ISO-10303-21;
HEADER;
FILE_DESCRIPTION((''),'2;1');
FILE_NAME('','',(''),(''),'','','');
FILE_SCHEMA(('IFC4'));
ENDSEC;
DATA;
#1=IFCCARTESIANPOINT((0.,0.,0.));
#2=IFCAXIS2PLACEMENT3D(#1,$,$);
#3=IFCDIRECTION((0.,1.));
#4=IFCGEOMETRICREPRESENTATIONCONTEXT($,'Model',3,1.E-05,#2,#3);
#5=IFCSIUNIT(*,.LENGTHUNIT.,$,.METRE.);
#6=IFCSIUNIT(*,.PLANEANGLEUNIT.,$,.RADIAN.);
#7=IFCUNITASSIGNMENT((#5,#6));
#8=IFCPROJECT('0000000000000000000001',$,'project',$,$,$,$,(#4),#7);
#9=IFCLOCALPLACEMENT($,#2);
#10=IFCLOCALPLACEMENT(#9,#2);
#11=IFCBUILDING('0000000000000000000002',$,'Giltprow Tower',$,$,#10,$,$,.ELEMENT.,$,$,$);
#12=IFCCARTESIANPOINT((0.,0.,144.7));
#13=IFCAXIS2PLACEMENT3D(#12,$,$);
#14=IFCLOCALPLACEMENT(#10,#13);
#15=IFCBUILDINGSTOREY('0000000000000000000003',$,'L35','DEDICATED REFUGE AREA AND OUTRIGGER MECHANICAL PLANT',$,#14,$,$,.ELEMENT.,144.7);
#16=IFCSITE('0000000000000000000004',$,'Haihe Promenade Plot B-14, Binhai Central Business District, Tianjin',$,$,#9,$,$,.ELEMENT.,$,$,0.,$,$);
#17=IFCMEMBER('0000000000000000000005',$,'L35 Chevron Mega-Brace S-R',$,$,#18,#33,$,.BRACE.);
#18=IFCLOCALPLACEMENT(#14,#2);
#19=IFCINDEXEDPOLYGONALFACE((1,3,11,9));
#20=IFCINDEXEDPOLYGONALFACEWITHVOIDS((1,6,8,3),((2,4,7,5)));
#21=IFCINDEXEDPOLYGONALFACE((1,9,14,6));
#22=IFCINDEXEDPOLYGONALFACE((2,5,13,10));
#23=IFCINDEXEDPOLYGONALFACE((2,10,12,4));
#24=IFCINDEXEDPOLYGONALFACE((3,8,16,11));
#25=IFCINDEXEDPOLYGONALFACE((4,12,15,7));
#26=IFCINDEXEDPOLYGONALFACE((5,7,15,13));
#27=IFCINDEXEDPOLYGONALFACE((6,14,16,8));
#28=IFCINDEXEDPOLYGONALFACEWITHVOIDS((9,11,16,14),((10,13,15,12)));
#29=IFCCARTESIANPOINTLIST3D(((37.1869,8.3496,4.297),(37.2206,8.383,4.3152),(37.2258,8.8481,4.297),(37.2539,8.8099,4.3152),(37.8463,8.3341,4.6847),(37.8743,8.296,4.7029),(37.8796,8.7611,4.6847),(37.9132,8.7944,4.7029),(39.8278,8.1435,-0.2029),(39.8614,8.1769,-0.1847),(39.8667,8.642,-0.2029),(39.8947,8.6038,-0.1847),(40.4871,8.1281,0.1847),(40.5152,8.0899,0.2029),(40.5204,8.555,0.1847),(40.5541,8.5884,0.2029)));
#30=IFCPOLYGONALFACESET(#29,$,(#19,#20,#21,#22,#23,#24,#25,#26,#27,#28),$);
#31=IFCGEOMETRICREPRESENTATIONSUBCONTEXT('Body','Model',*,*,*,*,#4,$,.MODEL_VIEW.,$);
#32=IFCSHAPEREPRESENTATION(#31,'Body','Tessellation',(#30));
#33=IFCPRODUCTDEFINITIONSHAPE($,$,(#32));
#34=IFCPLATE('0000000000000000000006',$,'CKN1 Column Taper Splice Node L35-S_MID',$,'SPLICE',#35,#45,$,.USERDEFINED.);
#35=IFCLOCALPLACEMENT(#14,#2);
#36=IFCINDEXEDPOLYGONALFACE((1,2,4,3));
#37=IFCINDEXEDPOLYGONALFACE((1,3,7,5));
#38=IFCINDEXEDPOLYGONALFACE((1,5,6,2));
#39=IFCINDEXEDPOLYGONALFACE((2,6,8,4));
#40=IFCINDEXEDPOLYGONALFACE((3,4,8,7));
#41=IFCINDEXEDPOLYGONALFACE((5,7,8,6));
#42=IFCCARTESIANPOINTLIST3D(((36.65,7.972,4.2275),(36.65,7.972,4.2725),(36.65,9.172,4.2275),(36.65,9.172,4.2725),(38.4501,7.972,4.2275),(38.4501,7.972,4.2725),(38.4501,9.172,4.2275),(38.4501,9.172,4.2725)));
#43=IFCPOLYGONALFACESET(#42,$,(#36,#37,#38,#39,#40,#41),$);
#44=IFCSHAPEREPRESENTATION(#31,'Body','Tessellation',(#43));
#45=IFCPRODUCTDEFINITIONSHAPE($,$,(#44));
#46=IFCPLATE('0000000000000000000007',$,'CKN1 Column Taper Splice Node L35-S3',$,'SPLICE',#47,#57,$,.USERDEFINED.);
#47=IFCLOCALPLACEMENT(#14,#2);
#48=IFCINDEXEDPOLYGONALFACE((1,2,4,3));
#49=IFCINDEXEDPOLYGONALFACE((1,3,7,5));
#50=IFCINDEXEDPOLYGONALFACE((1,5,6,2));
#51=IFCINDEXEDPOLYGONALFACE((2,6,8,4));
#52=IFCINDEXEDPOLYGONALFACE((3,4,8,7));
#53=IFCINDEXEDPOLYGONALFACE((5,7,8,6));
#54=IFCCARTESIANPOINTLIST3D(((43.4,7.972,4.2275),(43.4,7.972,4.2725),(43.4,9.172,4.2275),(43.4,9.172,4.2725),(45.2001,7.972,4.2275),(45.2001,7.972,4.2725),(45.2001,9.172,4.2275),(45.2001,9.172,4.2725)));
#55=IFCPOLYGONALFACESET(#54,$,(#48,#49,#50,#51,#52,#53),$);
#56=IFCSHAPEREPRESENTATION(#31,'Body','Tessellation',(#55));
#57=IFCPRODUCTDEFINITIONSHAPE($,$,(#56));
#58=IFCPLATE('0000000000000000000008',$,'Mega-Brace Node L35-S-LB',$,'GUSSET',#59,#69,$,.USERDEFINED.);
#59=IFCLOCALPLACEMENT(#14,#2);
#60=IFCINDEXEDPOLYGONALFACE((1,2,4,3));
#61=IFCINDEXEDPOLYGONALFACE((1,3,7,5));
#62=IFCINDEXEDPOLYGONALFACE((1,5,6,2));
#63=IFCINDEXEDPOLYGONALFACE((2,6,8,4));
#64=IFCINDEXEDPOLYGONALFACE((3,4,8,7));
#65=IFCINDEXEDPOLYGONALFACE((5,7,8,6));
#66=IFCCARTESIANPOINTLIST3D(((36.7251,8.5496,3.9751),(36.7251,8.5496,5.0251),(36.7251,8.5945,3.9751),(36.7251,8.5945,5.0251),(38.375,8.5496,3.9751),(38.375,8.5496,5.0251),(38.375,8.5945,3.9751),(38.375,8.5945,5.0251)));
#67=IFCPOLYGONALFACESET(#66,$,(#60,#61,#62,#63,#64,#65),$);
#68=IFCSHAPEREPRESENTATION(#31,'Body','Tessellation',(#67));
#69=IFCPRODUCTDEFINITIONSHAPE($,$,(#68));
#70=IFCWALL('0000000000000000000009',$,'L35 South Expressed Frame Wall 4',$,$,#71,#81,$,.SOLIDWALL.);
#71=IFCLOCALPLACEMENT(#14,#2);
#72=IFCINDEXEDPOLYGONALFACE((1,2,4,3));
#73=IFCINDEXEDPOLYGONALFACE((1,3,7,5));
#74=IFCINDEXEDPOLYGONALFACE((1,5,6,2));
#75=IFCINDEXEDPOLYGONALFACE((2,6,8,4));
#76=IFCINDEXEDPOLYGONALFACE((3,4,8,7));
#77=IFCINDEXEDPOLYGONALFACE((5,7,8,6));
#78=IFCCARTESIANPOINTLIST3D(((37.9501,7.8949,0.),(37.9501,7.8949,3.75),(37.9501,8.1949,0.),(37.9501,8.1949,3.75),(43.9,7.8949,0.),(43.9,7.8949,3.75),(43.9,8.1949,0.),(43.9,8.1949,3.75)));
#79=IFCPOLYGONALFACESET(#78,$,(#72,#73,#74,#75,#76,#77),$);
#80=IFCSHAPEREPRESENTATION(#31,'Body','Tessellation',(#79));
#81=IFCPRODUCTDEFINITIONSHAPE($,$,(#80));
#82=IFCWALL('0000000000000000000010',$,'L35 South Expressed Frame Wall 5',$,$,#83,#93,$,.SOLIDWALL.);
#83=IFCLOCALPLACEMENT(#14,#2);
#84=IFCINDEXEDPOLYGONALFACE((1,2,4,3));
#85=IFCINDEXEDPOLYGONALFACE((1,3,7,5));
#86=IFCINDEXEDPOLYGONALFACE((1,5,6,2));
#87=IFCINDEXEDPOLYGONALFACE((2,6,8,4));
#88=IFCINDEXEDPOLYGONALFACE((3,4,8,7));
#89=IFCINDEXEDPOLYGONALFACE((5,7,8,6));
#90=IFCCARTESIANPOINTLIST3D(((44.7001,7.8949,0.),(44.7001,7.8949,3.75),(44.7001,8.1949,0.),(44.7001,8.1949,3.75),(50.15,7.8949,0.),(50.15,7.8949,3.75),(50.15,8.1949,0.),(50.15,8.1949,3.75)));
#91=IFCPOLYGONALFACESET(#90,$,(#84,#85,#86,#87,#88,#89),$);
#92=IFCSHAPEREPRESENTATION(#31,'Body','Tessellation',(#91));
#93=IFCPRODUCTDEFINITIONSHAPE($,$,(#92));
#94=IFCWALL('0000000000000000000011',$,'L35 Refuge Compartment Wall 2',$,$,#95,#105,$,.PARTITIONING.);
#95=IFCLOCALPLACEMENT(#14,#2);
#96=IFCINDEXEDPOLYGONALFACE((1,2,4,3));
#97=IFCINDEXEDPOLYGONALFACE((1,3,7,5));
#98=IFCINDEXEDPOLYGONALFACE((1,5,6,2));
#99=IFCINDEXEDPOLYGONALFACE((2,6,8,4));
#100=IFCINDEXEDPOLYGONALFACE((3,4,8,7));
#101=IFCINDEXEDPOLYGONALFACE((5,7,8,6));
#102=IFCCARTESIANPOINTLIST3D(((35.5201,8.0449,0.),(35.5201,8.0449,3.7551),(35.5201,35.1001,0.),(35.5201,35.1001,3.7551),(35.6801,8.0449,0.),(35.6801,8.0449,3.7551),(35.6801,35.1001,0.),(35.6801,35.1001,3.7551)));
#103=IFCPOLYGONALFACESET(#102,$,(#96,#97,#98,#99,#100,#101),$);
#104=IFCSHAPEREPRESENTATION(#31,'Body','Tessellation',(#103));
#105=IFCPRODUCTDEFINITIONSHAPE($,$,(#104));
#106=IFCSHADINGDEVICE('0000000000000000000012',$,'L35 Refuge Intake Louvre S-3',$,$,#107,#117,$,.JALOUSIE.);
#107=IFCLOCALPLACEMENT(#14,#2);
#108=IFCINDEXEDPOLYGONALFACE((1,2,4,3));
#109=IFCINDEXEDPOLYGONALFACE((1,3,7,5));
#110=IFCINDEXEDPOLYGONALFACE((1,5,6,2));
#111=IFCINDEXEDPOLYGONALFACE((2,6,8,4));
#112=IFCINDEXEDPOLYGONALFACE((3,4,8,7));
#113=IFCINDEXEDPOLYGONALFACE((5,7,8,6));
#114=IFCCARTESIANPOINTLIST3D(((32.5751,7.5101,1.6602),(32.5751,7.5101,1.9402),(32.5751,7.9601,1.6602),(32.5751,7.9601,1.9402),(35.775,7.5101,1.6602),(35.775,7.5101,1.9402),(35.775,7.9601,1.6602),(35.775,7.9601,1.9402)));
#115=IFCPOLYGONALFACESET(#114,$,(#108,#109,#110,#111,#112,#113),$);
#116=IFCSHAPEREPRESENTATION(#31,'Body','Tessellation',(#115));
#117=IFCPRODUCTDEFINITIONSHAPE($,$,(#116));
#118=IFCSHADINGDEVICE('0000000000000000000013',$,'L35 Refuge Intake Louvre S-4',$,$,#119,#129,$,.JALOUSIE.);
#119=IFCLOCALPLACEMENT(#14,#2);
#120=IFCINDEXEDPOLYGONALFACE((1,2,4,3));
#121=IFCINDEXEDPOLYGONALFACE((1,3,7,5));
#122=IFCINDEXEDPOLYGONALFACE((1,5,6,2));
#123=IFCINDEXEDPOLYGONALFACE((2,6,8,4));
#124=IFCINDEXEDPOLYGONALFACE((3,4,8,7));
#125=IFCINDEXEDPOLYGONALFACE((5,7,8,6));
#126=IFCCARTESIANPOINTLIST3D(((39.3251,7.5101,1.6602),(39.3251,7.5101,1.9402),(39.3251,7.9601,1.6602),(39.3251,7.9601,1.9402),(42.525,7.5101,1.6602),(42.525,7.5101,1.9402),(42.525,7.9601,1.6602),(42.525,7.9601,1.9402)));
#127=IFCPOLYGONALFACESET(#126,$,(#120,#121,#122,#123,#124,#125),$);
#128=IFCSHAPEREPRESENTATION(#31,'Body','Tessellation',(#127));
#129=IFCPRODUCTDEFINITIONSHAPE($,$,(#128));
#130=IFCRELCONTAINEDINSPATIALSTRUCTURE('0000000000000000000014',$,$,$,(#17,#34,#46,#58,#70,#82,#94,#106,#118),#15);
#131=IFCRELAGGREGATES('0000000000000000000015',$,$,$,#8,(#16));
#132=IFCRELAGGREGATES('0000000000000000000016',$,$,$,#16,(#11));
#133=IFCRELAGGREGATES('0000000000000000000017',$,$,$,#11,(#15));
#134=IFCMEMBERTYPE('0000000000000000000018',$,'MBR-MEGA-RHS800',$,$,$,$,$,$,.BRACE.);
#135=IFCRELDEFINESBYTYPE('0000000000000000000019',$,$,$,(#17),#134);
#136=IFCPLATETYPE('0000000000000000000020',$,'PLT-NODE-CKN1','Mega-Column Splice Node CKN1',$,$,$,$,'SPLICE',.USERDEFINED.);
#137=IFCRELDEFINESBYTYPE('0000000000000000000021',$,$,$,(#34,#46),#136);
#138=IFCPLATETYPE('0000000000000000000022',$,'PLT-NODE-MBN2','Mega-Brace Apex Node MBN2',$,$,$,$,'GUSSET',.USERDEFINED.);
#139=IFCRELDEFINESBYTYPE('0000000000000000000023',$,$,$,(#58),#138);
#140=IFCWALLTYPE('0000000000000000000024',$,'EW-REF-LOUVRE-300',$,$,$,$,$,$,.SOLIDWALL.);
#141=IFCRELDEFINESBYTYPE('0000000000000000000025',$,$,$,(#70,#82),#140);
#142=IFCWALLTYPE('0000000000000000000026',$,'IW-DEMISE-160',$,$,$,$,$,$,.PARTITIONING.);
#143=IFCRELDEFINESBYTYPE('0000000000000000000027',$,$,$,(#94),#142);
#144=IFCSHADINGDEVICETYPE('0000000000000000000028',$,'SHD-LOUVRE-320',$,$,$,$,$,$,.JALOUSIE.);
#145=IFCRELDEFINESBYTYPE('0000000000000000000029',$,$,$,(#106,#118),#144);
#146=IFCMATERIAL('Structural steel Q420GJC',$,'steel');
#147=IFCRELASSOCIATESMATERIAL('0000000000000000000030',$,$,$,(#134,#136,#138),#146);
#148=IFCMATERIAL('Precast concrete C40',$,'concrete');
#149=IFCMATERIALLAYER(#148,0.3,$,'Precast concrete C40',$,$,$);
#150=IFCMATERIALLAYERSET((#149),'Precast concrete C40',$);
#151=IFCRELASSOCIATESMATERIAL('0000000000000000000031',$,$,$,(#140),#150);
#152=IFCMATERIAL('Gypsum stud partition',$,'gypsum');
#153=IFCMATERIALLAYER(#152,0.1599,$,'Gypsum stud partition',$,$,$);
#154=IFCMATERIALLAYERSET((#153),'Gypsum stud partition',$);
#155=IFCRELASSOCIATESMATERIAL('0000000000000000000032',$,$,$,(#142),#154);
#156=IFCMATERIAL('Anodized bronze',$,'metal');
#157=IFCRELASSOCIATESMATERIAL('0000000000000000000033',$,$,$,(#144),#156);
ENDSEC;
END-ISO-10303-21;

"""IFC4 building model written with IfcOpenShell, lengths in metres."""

from ifc_helpers import new_model, si_unit, direction, frame, frame_2d, origin, origin_2d, place, context, subcontext, project, spatial, rectangle, hollow_rectangle, extrude, source, transform, mapped, material, layer, layer_set, material_profile, profile_set, type_object, element, save


model = new_model("IFC4")

# Units and contexts
model_context = context("Model", 3, precision=1e-05, world=origin(), true_north=direction((0.0, 1.0)))
body_context = subcontext(model_context, "Body", "Model", "MODEL_VIEW")
ifc_project = project(units=[si_unit("LENGTHUNIT", "METRE"), si_unit("PLANEANGLEUNIT", "RADIAN")], contexts=[model_context])

# Site, building, storey
site_placement = place(None, origin())
site = spatial("IfcSite", under=ifc_project, at=site_placement, Name="Haihe Promenade Plot B-14, Binhai Central Business District, Tianjin", CompositionType="ELEMENT", RefElevation=0.0)
building_placement = place(site_placement, origin())
building = spatial("IfcBuilding", under=site, at=building_placement, Name="Giltprow Tower", CompositionType="ELEMENT")
storey_placement = place(building_placement, frame((0.0, 0.0, 144.7)))
storey = spatial("IfcBuildingStorey", under=building, at=storey_placement, Name="L35", Description="DEDICATED REFUGE AREA AND OUTRIGGER MECHANICAL PLANT", CompositionType="ELEMENT", Elevation=144.7)

# Shared definitions
ifc_material_1 = material(Name="Structural steel Q420GJC", Category="steel")

# Member
ifc_material_profile_1 = material_profile(ifc_material_1, hollow_rectangle(XDim=0.5, YDim=0.8, WallThickness=0.0359, at=origin_2d()), Name="RHS 800x500x36")
ifc_profile_set_1 = profile_set([ifc_material_profile_1], Name="Structural steel Q420GJC")
member_type = type_object("IfcMemberType", Name="MBR-MEGA-RHS800", PredefinedType="BRACE", material=ifc_profile_set_1)
shared_shape_1 = source(origin(), body_context, "Body", "SweptSolid", [
    extrude(hollow_rectangle(XDim=0.5, YDim=0.8, WallThickness=0.0359, at=origin_2d()), origin(), (0.0, 0.0, 1.0), 5.2217),
])
member_1_placement = place(storey_placement, frame((40.1909, 8.366, 0.0), z_axis=(-0.505744, 0.039461, 0.86178), x_axis=(-0.077789, -0.99697, 0.0)))
element("IfcMember", 1, at=member_1_placement, inside=storey, type_object=member_type, Name="L35 Chevron Mega-Brace S-R", PredefinedType="BRACE", context=body_context, shape_type="MappedRepresentation", body=[
    mapped(shared_shape_1, transform((0.0, 0.0, 0.0), x_axis=(1.0, 0.0, 0.0), y_axis=(0.0, 1.0, 0.0), z_axis=(0.0, 0.0, 1.0), scale=1.0)),
])

# Plates
plate_type_1 = type_object("IfcPlateType", Name="PLT-NODE-CKN1", Description="Mega-Column Splice Node CKN1", ElementType="SPLICE", PredefinedType="USERDEFINED", material=ifc_material_1)
shared_shape_2 = source(origin(), body_context, "Body", "SweptSolid", [
    extrude(rectangle(XDim=1.8, YDim=1.2, at=origin_2d()), origin(), (0.0, 0.0, 1.0), 0.0449),
])
for number, where, z_axis, x_axis, name in (
    (2, (37.55, 8.572, 4.2275), (0.0, 0.0, 1.0), (1.0, 0.0, 0.0), "CKN1 Column Taper Splice Node L35-S_MID"),
    (3, (44.3, 8.572, 4.2275), (0.0, 0.0, 1.0), (1.0, 0.0, 0.0), "CKN1 Column Taper Splice Node L35-S3"),
):
    element("IfcPlate", number, at=place(storey_placement, frame(where, z_axis=z_axis, x_axis=x_axis)), inside=storey, type_object=plate_type_1, Name=name, ObjectType="SPLICE", PredefinedType="USERDEFINED", context=body_context, shape_type="MappedRepresentation", body=[
        mapped(shared_shape_2, transform((0.0, 0.0, 0.0), x_axis=(1.0, 0.0, 0.0), y_axis=(0.0, 1.0, 0.0), z_axis=(0.0, 0.0, 1.0), scale=1.0)),
    ])
plate_type_2 = type_object("IfcPlateType", Name="PLT-NODE-MBN2", Description="Mega-Brace Apex Node MBN2", ElementType="GUSSET", PredefinedType="USERDEFINED", material=ifc_material_1)
shared_shape_3 = source(origin(), body_context, "Body", "SweptSolid", [
    extrude(rectangle(XDim=1.6499, YDim=0.0449, at=origin_2d()), origin(), (0.0, 0.0, 1.0), 1.05),
])
plate_placement = place(storey_placement, frame((37.55, 8.572, 3.9751), z_axis=(0.0, 0.0, 1.0), x_axis=(1.0, 0.0, 0.0)))
element("IfcPlate", 4, at=plate_placement, inside=storey, type_object=plate_type_2, Name="Mega-Brace Node L35-S-LB", ObjectType="GUSSET", PredefinedType="USERDEFINED", context=body_context, shape_type="MappedRepresentation", body=[
    mapped(shared_shape_3, transform((0.0, 0.0, 0.0), x_axis=(1.0, 0.0, 0.0), y_axis=(0.0, 1.0, 0.0), z_axis=(0.0, 0.0, 1.0), scale=1.0)),
])

# Walls
ifc_material_2 = material(Name="Precast concrete C40", Category="concrete")
ifc_layer_1 = layer(ifc_material_2, 0.3, Name="Precast concrete C40")
ifc_layer_set_1 = layer_set([ifc_layer_1], Name="Precast concrete C40")
wall_type_1 = type_object("IfcWallType", Name="EW-REF-LOUVRE-300", PredefinedType="SOLIDWALL", material=ifc_layer_set_1)
wall_1_placement = place(storey_placement, frame((37.95, 8.0449, 0.0), z_axis=(0.0, 0.0, 1.0), x_axis=(1.0, 0.0, 0.0)))
element("IfcWall", 5, at=wall_1_placement, inside=storey, type_object=wall_type_1, Name="L35 South Expressed Frame Wall 4", PredefinedType="SOLIDWALL", context=body_context, shape_type="SweptSolid", body=[
    extrude(rectangle(XDim=5.95, YDim=0.3, at=frame_2d((2.9751, 0.0))), origin(), (0.0, 0.0, 1.0), 3.75),
])
wall_2_placement = place(storey_placement, frame((44.7, 8.0449, 0.0), z_axis=(0.0, 0.0, 1.0), x_axis=(1.0, 0.0, 0.0)))
element("IfcWall", 6, at=wall_2_placement, inside=storey, type_object=wall_type_1, Name="L35 South Expressed Frame Wall 5", PredefinedType="SOLIDWALL", context=body_context, shape_type="SweptSolid", body=[
    extrude(rectangle(XDim=5.45, YDim=0.3, at=frame_2d((2.7251, 0.0))), origin(), (0.0, 0.0, 1.0), 3.75),
])
ifc_material_3 = material(Name="Gypsum stud partition", Category="gypsum")
ifc_layer_2 = layer(ifc_material_3, 0.1599, Name="Gypsum stud partition")
ifc_layer_set_2 = layer_set([ifc_layer_2], Name="Gypsum stud partition")
wall_type_2 = type_object("IfcWallType", Name="IW-DEMISE-160", PredefinedType="PARTITIONING", material=ifc_layer_set_2)
wall_3_placement = place(storey_placement, frame((35.6001, 8.0449, 0.0), z_axis=(0.0, 0.0, 1.0), x_axis=(0.0, 1.0, 0.0)))
element("IfcWall", 7, at=wall_3_placement, inside=storey, type_object=wall_type_2, Name="L35 Refuge Compartment Wall 2", PredefinedType="PARTITIONING", context=body_context, shape_type="SweptSolid", body=[
    extrude(rectangle(XDim=27.0552, YDim=0.1599, at=frame_2d((13.5276, 0.0))), origin(), (0.0, 0.0, 1.0), 3.7551),
])

# Shading devices
ifc_material_4 = material(Name="Anodized bronze", Category="metal")
shading_device_type = type_object("IfcShadingDeviceType", Name="SHD-LOUVRE-320", PredefinedType="JALOUSIE", material=ifc_material_4)
shared_shape_4 = source(origin(), body_context, "Body", "SweptSolid", [
    extrude(rectangle(XDim=3.2, YDim=0.45, at=origin_2d()), origin(), (0.0, 0.0, 1.0), 0.28),
])
for number, where, z_axis, x_axis, name in (
    (8, (34.175, 7.7351, 1.6602), (0.0, 0.0, 1.0), (1.0, 0.0, 0.0), "L35 Refuge Intake Louvre S-3"),
    (9, (40.925, 7.7351, 1.6602), (0.0, 0.0, 1.0), (1.0, 0.0, 0.0), "L35 Refuge Intake Louvre S-4"),
):
    element("IfcShadingDevice", number, at=place(storey_placement, frame(where, z_axis=z_axis, x_axis=x_axis)), inside=storey, type_object=shading_device_type, Name=name, PredefinedType="JALOUSIE", context=body_context, shape_type="MappedRepresentation", body=[
        mapped(shared_shape_4, transform((0.0, 0.0, 0.0), x_axis=(1.0, 0.0, 0.0), y_axis=(0.0, 1.0, 0.0), z_axis=(0.0, 0.0, 1.0), scale=1.0)),
    ])

save(model, "model.ifc")
